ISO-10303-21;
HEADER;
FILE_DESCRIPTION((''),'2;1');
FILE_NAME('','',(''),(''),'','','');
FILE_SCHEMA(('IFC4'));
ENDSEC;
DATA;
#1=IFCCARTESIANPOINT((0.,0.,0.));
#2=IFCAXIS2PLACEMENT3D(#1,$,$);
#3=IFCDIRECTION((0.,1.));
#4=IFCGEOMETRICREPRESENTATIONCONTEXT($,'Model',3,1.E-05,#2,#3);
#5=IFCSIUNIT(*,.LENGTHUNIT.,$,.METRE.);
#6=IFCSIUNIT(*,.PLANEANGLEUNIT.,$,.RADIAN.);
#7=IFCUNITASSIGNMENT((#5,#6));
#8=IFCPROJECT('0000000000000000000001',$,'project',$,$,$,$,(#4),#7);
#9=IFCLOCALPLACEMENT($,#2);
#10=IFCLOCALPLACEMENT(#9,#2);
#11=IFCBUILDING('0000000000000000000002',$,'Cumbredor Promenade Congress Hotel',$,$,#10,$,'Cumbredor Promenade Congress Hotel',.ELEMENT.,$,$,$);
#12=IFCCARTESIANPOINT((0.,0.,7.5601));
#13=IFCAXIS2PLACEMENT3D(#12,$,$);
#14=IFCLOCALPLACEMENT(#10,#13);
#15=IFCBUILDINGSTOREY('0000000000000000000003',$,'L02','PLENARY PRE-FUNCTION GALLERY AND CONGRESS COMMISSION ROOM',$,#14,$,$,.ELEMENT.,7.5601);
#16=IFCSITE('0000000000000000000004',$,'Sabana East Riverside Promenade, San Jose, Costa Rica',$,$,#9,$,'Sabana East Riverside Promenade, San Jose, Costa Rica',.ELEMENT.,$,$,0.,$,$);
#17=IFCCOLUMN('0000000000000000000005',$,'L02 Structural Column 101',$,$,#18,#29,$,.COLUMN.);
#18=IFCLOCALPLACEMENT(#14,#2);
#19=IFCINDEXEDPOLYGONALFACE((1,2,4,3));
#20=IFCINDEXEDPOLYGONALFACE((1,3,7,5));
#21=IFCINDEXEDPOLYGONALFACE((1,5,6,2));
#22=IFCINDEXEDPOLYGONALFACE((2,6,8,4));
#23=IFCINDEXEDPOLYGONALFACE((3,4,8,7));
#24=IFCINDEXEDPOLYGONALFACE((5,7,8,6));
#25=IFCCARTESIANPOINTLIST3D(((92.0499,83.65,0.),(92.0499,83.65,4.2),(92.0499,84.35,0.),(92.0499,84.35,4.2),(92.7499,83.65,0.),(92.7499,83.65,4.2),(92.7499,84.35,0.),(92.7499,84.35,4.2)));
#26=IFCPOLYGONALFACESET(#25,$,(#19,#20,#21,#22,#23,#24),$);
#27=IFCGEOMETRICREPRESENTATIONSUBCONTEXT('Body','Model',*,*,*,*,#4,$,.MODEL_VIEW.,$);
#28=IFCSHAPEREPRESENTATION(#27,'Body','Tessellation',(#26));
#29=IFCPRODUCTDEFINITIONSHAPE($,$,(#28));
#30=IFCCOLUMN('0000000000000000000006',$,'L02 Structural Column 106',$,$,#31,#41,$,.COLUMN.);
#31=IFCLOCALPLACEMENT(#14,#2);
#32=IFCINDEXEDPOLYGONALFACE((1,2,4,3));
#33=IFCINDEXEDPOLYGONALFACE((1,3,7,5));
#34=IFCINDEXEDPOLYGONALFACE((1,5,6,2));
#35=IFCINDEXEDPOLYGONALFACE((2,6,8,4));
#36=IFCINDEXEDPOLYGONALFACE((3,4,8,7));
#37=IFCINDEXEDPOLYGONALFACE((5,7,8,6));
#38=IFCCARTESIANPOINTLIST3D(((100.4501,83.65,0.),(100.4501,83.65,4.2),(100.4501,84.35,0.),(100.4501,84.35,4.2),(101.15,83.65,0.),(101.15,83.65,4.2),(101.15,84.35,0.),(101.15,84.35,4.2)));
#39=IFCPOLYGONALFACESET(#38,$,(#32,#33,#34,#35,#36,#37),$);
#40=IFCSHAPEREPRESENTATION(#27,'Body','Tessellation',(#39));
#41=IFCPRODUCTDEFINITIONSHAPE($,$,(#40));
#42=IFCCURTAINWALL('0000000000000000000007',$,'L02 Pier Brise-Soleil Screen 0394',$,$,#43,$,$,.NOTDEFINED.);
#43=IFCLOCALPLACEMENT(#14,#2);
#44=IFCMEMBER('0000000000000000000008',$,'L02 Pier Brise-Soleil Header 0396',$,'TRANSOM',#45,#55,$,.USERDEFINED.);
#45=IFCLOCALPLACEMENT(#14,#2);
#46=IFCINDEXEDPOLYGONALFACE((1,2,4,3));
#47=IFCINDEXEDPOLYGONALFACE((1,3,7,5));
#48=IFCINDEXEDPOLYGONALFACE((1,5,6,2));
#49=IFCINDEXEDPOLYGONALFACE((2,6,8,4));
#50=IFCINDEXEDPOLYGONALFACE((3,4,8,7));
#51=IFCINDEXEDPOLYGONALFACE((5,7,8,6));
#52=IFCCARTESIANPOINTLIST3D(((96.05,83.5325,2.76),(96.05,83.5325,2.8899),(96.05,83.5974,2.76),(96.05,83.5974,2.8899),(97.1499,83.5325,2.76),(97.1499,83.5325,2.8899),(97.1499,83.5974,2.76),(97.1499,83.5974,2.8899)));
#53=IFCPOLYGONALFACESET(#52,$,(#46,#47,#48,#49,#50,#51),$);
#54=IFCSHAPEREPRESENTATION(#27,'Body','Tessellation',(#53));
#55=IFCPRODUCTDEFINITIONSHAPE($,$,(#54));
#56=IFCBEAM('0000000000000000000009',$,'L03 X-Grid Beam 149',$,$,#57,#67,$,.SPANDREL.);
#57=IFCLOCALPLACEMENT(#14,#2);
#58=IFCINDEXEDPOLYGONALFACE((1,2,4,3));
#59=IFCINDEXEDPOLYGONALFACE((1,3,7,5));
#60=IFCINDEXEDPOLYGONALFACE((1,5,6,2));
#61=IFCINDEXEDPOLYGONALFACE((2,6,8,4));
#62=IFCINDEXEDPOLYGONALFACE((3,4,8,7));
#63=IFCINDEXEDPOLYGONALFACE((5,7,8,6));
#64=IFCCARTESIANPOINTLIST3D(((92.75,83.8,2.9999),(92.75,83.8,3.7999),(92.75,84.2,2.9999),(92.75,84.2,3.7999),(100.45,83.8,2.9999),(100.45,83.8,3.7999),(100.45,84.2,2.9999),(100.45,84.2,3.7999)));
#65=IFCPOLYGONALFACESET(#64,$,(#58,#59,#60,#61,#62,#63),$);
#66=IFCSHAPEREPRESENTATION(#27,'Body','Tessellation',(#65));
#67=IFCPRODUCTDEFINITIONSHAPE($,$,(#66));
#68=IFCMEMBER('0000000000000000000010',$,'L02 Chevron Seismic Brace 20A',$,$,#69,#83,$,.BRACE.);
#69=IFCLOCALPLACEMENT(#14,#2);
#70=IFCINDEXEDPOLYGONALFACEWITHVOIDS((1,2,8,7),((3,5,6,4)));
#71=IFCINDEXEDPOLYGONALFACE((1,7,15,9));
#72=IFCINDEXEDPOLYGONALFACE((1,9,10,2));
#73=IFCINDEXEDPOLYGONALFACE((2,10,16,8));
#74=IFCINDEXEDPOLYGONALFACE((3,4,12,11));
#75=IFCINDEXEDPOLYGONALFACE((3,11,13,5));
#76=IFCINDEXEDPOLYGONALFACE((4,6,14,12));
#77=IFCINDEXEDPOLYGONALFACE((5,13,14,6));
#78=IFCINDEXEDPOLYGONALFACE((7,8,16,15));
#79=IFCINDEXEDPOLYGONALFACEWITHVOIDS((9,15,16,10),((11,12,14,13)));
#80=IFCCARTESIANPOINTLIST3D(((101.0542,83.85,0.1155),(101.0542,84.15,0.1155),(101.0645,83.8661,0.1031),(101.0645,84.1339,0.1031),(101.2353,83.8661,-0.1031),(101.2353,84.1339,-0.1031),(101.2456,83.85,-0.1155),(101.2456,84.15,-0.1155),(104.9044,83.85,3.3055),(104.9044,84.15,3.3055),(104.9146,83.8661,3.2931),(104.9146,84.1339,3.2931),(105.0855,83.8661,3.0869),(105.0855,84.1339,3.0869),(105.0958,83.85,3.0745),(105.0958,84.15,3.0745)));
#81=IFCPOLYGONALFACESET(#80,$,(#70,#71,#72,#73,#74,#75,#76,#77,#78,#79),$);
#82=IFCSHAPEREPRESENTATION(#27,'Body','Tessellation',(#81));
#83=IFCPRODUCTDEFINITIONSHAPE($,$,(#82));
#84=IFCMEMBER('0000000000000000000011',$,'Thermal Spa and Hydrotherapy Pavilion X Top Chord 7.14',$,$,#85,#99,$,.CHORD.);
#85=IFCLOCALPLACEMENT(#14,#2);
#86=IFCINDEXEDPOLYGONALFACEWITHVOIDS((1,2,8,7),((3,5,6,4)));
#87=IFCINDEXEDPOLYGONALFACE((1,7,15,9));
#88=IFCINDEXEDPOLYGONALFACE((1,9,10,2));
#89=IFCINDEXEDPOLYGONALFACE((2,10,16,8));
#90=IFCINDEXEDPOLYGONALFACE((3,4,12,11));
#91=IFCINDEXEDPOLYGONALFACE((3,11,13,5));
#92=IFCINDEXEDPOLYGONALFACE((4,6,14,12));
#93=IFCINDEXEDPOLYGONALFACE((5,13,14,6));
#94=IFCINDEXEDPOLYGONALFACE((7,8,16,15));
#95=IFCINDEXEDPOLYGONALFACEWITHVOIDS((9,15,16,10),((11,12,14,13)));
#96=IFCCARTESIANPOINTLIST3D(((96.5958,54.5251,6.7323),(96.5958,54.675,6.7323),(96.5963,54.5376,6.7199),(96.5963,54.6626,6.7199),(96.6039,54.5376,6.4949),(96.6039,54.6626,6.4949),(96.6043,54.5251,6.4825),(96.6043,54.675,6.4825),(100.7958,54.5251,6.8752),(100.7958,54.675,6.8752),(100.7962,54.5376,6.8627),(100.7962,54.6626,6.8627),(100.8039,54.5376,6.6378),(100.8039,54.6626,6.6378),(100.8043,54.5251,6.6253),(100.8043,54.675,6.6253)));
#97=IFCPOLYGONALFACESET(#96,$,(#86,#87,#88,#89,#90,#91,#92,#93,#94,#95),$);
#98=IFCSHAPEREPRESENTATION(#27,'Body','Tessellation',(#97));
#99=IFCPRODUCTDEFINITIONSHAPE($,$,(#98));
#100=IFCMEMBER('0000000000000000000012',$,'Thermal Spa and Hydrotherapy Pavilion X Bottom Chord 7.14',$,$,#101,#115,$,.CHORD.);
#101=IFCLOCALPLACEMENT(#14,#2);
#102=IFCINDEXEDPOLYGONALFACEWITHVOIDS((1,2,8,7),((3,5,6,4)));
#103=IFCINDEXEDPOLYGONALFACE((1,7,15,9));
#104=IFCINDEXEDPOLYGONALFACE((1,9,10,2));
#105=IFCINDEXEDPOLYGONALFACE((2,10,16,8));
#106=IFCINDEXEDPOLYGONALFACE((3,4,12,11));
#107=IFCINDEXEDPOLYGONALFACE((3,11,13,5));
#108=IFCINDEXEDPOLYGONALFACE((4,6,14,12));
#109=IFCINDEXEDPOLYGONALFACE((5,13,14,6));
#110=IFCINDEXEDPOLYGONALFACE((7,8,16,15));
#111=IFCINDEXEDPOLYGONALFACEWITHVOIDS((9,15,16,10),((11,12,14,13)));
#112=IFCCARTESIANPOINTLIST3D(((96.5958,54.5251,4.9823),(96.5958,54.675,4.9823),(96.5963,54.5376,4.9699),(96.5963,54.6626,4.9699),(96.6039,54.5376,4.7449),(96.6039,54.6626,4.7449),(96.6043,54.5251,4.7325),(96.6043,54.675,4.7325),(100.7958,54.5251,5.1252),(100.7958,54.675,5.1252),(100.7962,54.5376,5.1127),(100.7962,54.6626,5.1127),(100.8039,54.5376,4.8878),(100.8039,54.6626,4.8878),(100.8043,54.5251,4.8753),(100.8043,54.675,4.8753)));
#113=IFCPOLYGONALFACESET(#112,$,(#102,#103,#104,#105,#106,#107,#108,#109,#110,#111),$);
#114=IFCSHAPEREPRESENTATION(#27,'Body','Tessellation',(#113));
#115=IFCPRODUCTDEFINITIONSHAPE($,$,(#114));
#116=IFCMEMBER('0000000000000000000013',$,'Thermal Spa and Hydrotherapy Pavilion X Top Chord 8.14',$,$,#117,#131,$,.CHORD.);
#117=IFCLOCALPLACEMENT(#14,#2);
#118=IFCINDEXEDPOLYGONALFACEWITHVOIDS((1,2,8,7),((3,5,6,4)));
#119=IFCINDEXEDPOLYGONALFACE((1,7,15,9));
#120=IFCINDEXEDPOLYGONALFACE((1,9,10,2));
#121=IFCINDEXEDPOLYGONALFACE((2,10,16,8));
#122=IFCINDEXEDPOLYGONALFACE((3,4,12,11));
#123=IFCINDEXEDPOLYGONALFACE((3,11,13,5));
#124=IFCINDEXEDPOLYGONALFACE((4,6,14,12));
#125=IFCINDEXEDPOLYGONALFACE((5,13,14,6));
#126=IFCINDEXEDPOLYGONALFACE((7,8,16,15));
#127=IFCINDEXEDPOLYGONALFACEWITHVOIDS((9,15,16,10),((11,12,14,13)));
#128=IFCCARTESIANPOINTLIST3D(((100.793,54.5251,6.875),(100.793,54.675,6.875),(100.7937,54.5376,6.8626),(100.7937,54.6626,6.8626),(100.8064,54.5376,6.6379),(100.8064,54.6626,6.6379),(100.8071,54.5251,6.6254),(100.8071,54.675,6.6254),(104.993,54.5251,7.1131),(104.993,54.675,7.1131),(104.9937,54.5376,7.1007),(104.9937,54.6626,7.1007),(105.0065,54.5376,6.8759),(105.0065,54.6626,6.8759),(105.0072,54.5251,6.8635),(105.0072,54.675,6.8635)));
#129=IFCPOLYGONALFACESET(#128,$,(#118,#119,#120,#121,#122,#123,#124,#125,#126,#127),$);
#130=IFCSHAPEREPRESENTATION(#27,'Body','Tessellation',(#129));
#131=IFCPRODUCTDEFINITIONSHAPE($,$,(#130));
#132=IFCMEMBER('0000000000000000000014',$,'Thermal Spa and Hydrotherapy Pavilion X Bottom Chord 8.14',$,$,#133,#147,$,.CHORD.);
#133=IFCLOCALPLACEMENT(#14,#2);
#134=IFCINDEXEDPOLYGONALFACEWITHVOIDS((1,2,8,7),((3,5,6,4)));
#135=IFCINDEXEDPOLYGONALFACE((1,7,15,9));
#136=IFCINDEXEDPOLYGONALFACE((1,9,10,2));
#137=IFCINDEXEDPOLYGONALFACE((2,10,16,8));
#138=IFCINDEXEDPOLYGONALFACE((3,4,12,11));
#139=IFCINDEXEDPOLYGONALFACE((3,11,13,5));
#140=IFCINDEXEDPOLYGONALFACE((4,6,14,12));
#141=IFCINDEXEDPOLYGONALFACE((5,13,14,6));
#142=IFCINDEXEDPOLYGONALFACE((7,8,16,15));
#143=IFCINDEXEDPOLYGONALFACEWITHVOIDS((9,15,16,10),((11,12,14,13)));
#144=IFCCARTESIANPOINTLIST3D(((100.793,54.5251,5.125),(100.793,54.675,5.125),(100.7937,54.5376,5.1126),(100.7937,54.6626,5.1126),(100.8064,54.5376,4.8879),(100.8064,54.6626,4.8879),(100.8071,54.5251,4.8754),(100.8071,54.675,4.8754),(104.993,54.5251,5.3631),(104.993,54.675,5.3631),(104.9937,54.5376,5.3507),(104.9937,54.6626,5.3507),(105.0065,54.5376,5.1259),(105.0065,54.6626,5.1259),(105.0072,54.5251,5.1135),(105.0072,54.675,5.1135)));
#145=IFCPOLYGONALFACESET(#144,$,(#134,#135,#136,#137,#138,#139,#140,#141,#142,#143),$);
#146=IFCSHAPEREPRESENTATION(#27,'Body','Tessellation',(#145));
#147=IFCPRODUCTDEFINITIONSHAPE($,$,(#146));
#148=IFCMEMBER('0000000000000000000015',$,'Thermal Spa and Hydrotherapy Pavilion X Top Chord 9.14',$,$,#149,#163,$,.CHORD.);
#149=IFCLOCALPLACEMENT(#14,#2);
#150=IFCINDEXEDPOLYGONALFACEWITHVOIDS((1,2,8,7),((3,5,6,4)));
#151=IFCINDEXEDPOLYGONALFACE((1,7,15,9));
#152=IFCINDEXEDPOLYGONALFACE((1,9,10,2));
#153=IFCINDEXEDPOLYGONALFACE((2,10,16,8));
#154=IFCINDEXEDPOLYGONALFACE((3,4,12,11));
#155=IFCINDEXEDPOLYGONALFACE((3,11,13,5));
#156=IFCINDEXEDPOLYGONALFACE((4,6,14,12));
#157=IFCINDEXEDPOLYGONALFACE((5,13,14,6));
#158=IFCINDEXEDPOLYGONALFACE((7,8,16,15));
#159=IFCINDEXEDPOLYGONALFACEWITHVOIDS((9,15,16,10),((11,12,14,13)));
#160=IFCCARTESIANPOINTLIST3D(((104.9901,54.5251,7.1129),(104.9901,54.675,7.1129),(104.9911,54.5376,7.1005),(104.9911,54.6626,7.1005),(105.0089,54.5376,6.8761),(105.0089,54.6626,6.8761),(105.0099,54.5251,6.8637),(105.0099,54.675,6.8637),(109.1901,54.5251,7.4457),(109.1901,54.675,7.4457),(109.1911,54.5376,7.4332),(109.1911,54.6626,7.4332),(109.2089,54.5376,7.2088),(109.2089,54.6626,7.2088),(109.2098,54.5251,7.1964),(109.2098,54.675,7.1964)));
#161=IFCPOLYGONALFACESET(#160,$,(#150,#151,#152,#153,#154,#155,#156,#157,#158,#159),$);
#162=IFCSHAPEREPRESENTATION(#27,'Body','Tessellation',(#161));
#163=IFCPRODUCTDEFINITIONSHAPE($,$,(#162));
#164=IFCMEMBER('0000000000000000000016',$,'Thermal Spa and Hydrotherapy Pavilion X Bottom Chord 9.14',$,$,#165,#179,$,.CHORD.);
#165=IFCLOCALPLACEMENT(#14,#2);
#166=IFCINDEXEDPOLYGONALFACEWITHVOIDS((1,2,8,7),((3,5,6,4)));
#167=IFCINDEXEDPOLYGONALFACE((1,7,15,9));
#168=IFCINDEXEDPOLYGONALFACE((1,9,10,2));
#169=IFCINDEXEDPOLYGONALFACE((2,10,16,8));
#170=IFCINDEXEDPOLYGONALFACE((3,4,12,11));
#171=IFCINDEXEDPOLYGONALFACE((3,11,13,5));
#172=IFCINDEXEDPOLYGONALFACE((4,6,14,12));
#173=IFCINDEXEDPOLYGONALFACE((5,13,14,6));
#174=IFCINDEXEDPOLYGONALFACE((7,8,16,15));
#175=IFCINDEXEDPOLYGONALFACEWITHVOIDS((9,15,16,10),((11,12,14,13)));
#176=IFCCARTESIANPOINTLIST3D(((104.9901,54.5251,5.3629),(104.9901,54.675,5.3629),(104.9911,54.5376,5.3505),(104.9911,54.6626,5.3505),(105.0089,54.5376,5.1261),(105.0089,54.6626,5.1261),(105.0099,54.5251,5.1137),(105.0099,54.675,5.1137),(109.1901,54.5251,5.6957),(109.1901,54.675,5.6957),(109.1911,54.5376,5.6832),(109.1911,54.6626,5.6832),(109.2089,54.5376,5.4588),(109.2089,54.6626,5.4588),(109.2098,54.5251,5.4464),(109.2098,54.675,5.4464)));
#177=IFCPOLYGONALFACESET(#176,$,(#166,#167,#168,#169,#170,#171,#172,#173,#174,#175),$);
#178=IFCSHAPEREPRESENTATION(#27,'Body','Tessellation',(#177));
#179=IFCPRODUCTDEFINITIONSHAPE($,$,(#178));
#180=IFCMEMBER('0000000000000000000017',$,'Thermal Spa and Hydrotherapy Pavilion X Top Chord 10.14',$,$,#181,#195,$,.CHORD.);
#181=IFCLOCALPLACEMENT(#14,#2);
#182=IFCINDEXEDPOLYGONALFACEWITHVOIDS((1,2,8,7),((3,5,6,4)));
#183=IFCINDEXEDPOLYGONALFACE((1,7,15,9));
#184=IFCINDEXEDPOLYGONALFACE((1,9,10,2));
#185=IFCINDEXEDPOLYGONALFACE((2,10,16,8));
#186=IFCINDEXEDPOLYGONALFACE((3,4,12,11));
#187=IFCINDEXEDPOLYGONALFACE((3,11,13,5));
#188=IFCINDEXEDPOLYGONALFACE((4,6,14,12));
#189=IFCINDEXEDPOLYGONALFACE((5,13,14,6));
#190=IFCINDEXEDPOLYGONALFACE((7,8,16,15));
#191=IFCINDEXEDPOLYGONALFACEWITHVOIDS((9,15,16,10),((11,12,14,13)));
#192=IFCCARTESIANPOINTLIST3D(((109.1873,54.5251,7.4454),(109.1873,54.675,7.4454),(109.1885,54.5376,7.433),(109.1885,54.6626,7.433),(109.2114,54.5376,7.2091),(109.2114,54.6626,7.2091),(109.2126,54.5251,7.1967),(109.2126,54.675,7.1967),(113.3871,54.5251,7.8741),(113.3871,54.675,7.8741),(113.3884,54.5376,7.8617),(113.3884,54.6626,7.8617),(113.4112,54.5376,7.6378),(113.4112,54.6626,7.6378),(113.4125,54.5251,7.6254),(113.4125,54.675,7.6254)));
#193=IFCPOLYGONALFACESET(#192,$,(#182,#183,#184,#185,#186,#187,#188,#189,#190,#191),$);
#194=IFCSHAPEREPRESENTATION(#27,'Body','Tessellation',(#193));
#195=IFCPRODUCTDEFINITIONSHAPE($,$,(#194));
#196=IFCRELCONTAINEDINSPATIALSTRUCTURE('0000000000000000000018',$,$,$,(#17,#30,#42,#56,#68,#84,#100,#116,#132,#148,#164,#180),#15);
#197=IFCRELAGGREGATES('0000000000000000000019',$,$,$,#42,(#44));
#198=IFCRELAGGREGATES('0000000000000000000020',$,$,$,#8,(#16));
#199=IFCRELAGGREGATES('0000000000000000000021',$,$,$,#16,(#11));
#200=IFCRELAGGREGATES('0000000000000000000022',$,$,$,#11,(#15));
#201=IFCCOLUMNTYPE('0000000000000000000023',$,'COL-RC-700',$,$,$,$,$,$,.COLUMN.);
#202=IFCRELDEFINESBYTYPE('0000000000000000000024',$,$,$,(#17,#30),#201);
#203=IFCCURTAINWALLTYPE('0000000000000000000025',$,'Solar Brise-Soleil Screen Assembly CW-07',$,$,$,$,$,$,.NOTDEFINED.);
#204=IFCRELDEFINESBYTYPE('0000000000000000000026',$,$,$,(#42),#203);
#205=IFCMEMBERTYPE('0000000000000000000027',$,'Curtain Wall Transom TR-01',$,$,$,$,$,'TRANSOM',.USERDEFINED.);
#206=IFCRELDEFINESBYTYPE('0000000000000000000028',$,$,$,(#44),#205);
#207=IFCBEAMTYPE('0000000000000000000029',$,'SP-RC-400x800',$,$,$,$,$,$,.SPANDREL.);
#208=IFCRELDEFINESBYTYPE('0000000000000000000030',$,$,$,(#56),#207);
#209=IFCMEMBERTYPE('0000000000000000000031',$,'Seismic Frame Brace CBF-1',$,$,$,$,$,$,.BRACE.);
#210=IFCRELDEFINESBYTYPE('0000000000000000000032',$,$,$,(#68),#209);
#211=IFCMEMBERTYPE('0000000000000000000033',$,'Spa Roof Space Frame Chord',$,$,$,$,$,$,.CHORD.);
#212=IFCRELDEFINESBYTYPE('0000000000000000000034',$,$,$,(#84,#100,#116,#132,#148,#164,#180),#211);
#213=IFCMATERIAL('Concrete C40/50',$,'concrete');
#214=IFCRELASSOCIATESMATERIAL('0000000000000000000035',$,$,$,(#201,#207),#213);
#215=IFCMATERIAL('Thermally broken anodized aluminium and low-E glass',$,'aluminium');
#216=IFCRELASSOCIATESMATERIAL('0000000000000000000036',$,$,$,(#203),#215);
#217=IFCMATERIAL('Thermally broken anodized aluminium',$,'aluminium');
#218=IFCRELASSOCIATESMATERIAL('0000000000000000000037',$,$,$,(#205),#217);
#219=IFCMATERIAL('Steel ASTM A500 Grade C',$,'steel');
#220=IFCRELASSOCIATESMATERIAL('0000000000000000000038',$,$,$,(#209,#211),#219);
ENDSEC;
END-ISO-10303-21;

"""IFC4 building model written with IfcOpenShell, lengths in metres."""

from ifc_helpers import new_model, si_unit, direction, frame, origin, origin_2d, place, context, subcontext, project, spatial, rectangle, hollow_rectangle, extrude, material, material_profile, profile_set, type_object, element, aggregate, save


model = new_model("IFC4")

# Units and contexts
model_context = context("Model", 3, precision=1e-05, world=origin(), true_north=direction((0.0, 1.0)))
body_context = subcontext(model_context, "Body", "Model", "MODEL_VIEW")
ifc_project = project(units=[si_unit("LENGTHUNIT", "METRE"), si_unit("PLANEANGLEUNIT", "RADIAN")], contexts=[model_context])

# Site, building, storey
site_placement = place(None, origin())
site = spatial("IfcSite", under=ifc_project, at=site_placement, Name="Sabana East Riverside Promenade, San Jose, Costa Rica", LongName="Sabana East Riverside Promenade, San Jose, Costa Rica", CompositionType="ELEMENT", RefElevation=0.0)
building_placement = place(site_placement, origin())
building = spatial("IfcBuilding", under=site, at=building_placement, Name="Cumbredor Promenade Congress Hotel", LongName="Cumbredor Promenade Congress Hotel", CompositionType="ELEMENT")
storey_placement = place(building_placement, frame((0.0, 0.0, 7.5601)))
storey = spatial("IfcBuildingStorey", under=building, at=storey_placement, Name="L02", Description="PLENARY PRE-FUNCTION GALLERY AND CONGRESS COMMISSION ROOM", CompositionType="ELEMENT", Elevation=7.5601)

# Columns
ifc_material_1 = material(Name="Concrete C40/50", Category="concrete")
ifc_material_profile_1 = material_profile(ifc_material_1, rectangle(XDim=0.7, YDim=0.7, at=origin_2d()), Name="RC 700x700")
ifc_profile_set_1 = profile_set([ifc_material_profile_1], Name="Concrete C40/50")
column_type = type_object("IfcColumnType", Name="COL-RC-700", PredefinedType="COLUMN", material=ifc_profile_set_1)
for number, where, z_axis, x_axis, name in (
    (1, (92.3999, 84.0, 0.0), (0.0, 0.0, 1.0), (1.0, 0.0, 0.0), "L02 Structural Column 101"),
    (2, (100.8, 84.0, 0.0), (0.0, 0.0, 1.0), (1.0, 0.0, 0.0), "L02 Structural Column 106"),
):
    element("IfcColumn", number, at=place(storey_placement, frame(where, z_axis=z_axis, x_axis=x_axis)), inside=storey, type_object=column_type, Name=name, PredefinedType="COLUMN", context=body_context, shape_type="SweptSolid", body=[
        extrude(rectangle(XDim=0.7, YDim=0.7, at=origin_2d()), origin(), (0.0, 0.0, 1.0), 4.2),
    ])

# Curtain wall, member
ifc_material_2 = material(Name="Thermally broken anodized aluminium and low-E glass", Category="aluminium")
curtain_wall_type = type_object("IfcCurtainWallType", Name="Solar Brise-Soleil Screen Assembly CW-07", PredefinedType="NOTDEFINED", material=ifc_material_2)
curtain_wall_placement = place(storey_placement, origin())
curtain_wall = element("IfcCurtainWall", 3, at=curtain_wall_placement, inside=storey, type_object=curtain_wall_type, Name="L02 Pier Brise-Soleil Screen 0394", PredefinedType="NOTDEFINED")
ifc_material_3 = material(Name="Thermally broken anodized aluminium", Category="aluminium")
ifc_material_profile_2 = material_profile(ifc_material_3, rectangle(XDim=0.0649, YDim=0.1299, at=origin_2d()), Name="ALU TRANSOM 65x130")
ifc_profile_set_2 = profile_set([ifc_material_profile_2], Name="Thermally broken anodized aluminium")
member_type_1 = type_object("IfcMemberType", Name="Curtain Wall Transom TR-01", ElementType="TRANSOM", PredefinedType="USERDEFINED", material=ifc_profile_set_2)
member_1_placement = place(storey_placement, frame((96.05, 83.5649, 2.825), z_axis=(1.0, 0.0, 0.0), x_axis=(0.0, 1.0, 0.0)))
member_1 = element("IfcMember", 4, at=member_1_placement, type_object=member_type_1, Name="L02 Pier Brise-Soleil Header 0396", ObjectType="TRANSOM", PredefinedType="USERDEFINED", context=body_context, shape_type="SweptSolid", body=[
    extrude(rectangle(XDim=0.0649, YDim=0.1299, at=origin_2d()), origin(), (0.0, 0.0, 1.0), 1.0999),
])

# Beam
ifc_material_profile_3 = material_profile(ifc_material_1, rectangle(XDim=0.3999, YDim=0.8, at=origin_2d()), Name="RC SPANDREL 400x800")
ifc_profile_set_3 = profile_set([ifc_material_profile_3], Name="Concrete C40/50")
beam_type = type_object("IfcBeamType", Name="SP-RC-400x800", PredefinedType="SPANDREL", material=ifc_profile_set_3)
beam_placement = place(storey_placement, frame((92.75, 84.0, 3.3999), z_axis=(1.0, 0.0, 0.0), x_axis=(0.0, 1.0, 0.0)))
element("IfcBeam", 5, at=beam_placement, inside=storey, type_object=beam_type, Name="L03 X-Grid Beam 149", PredefinedType="SPANDREL", context=body_context, shape_type="SweptSolid", body=[
    extrude(rectangle(XDim=0.3999, YDim=0.8, at=origin_2d()), origin(), (0.0, 0.0, 1.0), 7.7),
])

# Members
ifc_material_4 = material(Name="Steel ASTM A500 Grade C", Category="steel")
ifc_material_profile_4 = material_profile(ifc_material_4, hollow_rectangle(XDim=0.3, YDim=0.3, WallThickness=0.0161, at=origin_2d()), Name="HSS 300x300x16")
ifc_profile_set_4 = profile_set([ifc_material_profile_4], Name="Steel ASTM A500 Grade C")
member_type_2 = type_object("IfcMemberType", Name="Seismic Frame Brace CBF-1", PredefinedType="BRACE", material=ifc_profile_set_4)
member_2_placement = place(storey_placement, frame((101.1499, 84.0, 0.0), z_axis=(0.770035, 0.0, 0.638001), x_axis=(0.0, 1.0, 0.0)))
element("IfcMember", 6, at=member_2_placement, inside=storey, type_object=member_type_2, Name="L02 Chevron Seismic Brace 20A", PredefinedType="BRACE", context=body_context, shape_type="SweptSolid", body=[
    extrude(hollow_rectangle(XDim=0.3, YDim=0.3, WallThickness=0.0161, at=origin_2d()), origin(), (0.0, 0.0, 1.0), 5.0),
])
ifc_material_profile_5 = material_profile(ifc_material_4, hollow_rectangle(XDim=0.1499, YDim=0.25, WallThickness=0.0125, at=origin_2d()), Name="HSS 250x150x12.5")
ifc_profile_set_5 = profile_set([ifc_material_profile_5], Name="Steel ASTM A500 Grade C")
member_type_3 = type_object("IfcMemberType", Name="Spa Roof Space Frame Chord", PredefinedType="CHORD", material=ifc_profile_set_5)
for number, where, z_axis, x_axis, name in (
    (7, (96.6001, 54.6001, 6.6074), (0.999422, 0.0, 0.033986), (0.0, 1.0, 0.0), "Thermal Spa and Hydrotherapy Pavilion X Top Chord 7.14"),
    (8, (96.6001, 54.6001, 4.8574), (0.999422, 0.0, 0.033986), (0.0, 1.0, 0.0), "Thermal Spa and Hydrotherapy Pavilion X Bottom Chord 7.14"),
):
    element("IfcMember", number, at=place(storey_placement, frame(where, z_axis=z_axis, x_axis=x_axis)), inside=storey, type_object=member_type_3, Name=name, PredefinedType="CHORD", context=body_context, shape_type="SweptSolid", body=[
        extrude(hollow_rectangle(XDim=0.1499, YDim=0.25, WallThickness=0.0125, at=origin_2d()), origin(), (0.0, 0.0, 1.0), 4.2024),
    ])
for number, where, z_axis, x_axis, name in (
    (9, (100.8, 54.6001, 6.7502), (0.998398, 0.0, 0.056585), (0.0, 1.0, 0.0), "Thermal Spa and Hydrotherapy Pavilion X Top Chord 8.14"),
    (10, (100.8, 54.6001, 5.0002), (0.998398, 0.0, 0.056585), (0.0, 1.0, 0.0), "Thermal Spa and Hydrotherapy Pavilion X Bottom Chord 8.14"),
):
    element("IfcMember", number, at=place(storey_placement, frame(where, z_axis=z_axis, x_axis=x_axis)), inside=storey, type_object=member_type_3, Name=name, PredefinedType="CHORD", context=body_context, shape_type="SweptSolid", body=[
        extrude(hollow_rectangle(XDim=0.1499, YDim=0.25, WallThickness=0.0125, at=origin_2d()), origin(), (0.0, 0.0, 1.0), 4.2068),
    ])
for number, where, z_axis, x_axis, name in (
    (11, (105.0, 54.6001, 6.9883), (0.996876, 0.0, 0.078983), (0.0, 1.0, 0.0), "Thermal Spa and Hydrotherapy Pavilion X Top Chord 9.14"),
    (12, (105.0, 54.6001, 5.2383), (0.996876, 0.0, 0.078983), (0.0, 1.0, 0.0), "Thermal Spa and Hydrotherapy Pavilion X Bottom Chord 9.14"),
):
    element("IfcMember", number, at=place(storey_placement, frame(where, z_axis=z_axis, x_axis=x_axis)), inside=storey, type_object=member_type_3, Name=name, PredefinedType="CHORD", context=body_context, shape_type="SweptSolid", body=[
        extrude(hollow_rectangle(XDim=0.1499, YDim=0.25, WallThickness=0.0125, at=origin_2d()), origin(), (0.0, 0.0, 1.0), 4.2131),
    ])
for number, where, z_axis, x_axis, name in (
    (13, (109.2, 54.6001, 7.321), (0.994831, 0.0, 0.101548), (0.0, 1.0, 0.0), "Thermal Spa and Hydrotherapy Pavilion X Top Chord 10.14"),
):
    element("IfcMember", number, at=place(storey_placement, frame(where, z_axis=z_axis, x_axis=x_axis)), inside=storey, type_object=member_type_3, Name=name, PredefinedType="CHORD", context=body_context, shape_type="SweptSolid", body=[
        extrude(hollow_rectangle(XDim=0.1499, YDim=0.25, WallThickness=0.0125, at=origin_2d()), origin(), (0.0, 0.0, 1.0), 4.2217),
    ])

aggregate(curtain_wall, [member_1])

save(model, "model.ifc")
